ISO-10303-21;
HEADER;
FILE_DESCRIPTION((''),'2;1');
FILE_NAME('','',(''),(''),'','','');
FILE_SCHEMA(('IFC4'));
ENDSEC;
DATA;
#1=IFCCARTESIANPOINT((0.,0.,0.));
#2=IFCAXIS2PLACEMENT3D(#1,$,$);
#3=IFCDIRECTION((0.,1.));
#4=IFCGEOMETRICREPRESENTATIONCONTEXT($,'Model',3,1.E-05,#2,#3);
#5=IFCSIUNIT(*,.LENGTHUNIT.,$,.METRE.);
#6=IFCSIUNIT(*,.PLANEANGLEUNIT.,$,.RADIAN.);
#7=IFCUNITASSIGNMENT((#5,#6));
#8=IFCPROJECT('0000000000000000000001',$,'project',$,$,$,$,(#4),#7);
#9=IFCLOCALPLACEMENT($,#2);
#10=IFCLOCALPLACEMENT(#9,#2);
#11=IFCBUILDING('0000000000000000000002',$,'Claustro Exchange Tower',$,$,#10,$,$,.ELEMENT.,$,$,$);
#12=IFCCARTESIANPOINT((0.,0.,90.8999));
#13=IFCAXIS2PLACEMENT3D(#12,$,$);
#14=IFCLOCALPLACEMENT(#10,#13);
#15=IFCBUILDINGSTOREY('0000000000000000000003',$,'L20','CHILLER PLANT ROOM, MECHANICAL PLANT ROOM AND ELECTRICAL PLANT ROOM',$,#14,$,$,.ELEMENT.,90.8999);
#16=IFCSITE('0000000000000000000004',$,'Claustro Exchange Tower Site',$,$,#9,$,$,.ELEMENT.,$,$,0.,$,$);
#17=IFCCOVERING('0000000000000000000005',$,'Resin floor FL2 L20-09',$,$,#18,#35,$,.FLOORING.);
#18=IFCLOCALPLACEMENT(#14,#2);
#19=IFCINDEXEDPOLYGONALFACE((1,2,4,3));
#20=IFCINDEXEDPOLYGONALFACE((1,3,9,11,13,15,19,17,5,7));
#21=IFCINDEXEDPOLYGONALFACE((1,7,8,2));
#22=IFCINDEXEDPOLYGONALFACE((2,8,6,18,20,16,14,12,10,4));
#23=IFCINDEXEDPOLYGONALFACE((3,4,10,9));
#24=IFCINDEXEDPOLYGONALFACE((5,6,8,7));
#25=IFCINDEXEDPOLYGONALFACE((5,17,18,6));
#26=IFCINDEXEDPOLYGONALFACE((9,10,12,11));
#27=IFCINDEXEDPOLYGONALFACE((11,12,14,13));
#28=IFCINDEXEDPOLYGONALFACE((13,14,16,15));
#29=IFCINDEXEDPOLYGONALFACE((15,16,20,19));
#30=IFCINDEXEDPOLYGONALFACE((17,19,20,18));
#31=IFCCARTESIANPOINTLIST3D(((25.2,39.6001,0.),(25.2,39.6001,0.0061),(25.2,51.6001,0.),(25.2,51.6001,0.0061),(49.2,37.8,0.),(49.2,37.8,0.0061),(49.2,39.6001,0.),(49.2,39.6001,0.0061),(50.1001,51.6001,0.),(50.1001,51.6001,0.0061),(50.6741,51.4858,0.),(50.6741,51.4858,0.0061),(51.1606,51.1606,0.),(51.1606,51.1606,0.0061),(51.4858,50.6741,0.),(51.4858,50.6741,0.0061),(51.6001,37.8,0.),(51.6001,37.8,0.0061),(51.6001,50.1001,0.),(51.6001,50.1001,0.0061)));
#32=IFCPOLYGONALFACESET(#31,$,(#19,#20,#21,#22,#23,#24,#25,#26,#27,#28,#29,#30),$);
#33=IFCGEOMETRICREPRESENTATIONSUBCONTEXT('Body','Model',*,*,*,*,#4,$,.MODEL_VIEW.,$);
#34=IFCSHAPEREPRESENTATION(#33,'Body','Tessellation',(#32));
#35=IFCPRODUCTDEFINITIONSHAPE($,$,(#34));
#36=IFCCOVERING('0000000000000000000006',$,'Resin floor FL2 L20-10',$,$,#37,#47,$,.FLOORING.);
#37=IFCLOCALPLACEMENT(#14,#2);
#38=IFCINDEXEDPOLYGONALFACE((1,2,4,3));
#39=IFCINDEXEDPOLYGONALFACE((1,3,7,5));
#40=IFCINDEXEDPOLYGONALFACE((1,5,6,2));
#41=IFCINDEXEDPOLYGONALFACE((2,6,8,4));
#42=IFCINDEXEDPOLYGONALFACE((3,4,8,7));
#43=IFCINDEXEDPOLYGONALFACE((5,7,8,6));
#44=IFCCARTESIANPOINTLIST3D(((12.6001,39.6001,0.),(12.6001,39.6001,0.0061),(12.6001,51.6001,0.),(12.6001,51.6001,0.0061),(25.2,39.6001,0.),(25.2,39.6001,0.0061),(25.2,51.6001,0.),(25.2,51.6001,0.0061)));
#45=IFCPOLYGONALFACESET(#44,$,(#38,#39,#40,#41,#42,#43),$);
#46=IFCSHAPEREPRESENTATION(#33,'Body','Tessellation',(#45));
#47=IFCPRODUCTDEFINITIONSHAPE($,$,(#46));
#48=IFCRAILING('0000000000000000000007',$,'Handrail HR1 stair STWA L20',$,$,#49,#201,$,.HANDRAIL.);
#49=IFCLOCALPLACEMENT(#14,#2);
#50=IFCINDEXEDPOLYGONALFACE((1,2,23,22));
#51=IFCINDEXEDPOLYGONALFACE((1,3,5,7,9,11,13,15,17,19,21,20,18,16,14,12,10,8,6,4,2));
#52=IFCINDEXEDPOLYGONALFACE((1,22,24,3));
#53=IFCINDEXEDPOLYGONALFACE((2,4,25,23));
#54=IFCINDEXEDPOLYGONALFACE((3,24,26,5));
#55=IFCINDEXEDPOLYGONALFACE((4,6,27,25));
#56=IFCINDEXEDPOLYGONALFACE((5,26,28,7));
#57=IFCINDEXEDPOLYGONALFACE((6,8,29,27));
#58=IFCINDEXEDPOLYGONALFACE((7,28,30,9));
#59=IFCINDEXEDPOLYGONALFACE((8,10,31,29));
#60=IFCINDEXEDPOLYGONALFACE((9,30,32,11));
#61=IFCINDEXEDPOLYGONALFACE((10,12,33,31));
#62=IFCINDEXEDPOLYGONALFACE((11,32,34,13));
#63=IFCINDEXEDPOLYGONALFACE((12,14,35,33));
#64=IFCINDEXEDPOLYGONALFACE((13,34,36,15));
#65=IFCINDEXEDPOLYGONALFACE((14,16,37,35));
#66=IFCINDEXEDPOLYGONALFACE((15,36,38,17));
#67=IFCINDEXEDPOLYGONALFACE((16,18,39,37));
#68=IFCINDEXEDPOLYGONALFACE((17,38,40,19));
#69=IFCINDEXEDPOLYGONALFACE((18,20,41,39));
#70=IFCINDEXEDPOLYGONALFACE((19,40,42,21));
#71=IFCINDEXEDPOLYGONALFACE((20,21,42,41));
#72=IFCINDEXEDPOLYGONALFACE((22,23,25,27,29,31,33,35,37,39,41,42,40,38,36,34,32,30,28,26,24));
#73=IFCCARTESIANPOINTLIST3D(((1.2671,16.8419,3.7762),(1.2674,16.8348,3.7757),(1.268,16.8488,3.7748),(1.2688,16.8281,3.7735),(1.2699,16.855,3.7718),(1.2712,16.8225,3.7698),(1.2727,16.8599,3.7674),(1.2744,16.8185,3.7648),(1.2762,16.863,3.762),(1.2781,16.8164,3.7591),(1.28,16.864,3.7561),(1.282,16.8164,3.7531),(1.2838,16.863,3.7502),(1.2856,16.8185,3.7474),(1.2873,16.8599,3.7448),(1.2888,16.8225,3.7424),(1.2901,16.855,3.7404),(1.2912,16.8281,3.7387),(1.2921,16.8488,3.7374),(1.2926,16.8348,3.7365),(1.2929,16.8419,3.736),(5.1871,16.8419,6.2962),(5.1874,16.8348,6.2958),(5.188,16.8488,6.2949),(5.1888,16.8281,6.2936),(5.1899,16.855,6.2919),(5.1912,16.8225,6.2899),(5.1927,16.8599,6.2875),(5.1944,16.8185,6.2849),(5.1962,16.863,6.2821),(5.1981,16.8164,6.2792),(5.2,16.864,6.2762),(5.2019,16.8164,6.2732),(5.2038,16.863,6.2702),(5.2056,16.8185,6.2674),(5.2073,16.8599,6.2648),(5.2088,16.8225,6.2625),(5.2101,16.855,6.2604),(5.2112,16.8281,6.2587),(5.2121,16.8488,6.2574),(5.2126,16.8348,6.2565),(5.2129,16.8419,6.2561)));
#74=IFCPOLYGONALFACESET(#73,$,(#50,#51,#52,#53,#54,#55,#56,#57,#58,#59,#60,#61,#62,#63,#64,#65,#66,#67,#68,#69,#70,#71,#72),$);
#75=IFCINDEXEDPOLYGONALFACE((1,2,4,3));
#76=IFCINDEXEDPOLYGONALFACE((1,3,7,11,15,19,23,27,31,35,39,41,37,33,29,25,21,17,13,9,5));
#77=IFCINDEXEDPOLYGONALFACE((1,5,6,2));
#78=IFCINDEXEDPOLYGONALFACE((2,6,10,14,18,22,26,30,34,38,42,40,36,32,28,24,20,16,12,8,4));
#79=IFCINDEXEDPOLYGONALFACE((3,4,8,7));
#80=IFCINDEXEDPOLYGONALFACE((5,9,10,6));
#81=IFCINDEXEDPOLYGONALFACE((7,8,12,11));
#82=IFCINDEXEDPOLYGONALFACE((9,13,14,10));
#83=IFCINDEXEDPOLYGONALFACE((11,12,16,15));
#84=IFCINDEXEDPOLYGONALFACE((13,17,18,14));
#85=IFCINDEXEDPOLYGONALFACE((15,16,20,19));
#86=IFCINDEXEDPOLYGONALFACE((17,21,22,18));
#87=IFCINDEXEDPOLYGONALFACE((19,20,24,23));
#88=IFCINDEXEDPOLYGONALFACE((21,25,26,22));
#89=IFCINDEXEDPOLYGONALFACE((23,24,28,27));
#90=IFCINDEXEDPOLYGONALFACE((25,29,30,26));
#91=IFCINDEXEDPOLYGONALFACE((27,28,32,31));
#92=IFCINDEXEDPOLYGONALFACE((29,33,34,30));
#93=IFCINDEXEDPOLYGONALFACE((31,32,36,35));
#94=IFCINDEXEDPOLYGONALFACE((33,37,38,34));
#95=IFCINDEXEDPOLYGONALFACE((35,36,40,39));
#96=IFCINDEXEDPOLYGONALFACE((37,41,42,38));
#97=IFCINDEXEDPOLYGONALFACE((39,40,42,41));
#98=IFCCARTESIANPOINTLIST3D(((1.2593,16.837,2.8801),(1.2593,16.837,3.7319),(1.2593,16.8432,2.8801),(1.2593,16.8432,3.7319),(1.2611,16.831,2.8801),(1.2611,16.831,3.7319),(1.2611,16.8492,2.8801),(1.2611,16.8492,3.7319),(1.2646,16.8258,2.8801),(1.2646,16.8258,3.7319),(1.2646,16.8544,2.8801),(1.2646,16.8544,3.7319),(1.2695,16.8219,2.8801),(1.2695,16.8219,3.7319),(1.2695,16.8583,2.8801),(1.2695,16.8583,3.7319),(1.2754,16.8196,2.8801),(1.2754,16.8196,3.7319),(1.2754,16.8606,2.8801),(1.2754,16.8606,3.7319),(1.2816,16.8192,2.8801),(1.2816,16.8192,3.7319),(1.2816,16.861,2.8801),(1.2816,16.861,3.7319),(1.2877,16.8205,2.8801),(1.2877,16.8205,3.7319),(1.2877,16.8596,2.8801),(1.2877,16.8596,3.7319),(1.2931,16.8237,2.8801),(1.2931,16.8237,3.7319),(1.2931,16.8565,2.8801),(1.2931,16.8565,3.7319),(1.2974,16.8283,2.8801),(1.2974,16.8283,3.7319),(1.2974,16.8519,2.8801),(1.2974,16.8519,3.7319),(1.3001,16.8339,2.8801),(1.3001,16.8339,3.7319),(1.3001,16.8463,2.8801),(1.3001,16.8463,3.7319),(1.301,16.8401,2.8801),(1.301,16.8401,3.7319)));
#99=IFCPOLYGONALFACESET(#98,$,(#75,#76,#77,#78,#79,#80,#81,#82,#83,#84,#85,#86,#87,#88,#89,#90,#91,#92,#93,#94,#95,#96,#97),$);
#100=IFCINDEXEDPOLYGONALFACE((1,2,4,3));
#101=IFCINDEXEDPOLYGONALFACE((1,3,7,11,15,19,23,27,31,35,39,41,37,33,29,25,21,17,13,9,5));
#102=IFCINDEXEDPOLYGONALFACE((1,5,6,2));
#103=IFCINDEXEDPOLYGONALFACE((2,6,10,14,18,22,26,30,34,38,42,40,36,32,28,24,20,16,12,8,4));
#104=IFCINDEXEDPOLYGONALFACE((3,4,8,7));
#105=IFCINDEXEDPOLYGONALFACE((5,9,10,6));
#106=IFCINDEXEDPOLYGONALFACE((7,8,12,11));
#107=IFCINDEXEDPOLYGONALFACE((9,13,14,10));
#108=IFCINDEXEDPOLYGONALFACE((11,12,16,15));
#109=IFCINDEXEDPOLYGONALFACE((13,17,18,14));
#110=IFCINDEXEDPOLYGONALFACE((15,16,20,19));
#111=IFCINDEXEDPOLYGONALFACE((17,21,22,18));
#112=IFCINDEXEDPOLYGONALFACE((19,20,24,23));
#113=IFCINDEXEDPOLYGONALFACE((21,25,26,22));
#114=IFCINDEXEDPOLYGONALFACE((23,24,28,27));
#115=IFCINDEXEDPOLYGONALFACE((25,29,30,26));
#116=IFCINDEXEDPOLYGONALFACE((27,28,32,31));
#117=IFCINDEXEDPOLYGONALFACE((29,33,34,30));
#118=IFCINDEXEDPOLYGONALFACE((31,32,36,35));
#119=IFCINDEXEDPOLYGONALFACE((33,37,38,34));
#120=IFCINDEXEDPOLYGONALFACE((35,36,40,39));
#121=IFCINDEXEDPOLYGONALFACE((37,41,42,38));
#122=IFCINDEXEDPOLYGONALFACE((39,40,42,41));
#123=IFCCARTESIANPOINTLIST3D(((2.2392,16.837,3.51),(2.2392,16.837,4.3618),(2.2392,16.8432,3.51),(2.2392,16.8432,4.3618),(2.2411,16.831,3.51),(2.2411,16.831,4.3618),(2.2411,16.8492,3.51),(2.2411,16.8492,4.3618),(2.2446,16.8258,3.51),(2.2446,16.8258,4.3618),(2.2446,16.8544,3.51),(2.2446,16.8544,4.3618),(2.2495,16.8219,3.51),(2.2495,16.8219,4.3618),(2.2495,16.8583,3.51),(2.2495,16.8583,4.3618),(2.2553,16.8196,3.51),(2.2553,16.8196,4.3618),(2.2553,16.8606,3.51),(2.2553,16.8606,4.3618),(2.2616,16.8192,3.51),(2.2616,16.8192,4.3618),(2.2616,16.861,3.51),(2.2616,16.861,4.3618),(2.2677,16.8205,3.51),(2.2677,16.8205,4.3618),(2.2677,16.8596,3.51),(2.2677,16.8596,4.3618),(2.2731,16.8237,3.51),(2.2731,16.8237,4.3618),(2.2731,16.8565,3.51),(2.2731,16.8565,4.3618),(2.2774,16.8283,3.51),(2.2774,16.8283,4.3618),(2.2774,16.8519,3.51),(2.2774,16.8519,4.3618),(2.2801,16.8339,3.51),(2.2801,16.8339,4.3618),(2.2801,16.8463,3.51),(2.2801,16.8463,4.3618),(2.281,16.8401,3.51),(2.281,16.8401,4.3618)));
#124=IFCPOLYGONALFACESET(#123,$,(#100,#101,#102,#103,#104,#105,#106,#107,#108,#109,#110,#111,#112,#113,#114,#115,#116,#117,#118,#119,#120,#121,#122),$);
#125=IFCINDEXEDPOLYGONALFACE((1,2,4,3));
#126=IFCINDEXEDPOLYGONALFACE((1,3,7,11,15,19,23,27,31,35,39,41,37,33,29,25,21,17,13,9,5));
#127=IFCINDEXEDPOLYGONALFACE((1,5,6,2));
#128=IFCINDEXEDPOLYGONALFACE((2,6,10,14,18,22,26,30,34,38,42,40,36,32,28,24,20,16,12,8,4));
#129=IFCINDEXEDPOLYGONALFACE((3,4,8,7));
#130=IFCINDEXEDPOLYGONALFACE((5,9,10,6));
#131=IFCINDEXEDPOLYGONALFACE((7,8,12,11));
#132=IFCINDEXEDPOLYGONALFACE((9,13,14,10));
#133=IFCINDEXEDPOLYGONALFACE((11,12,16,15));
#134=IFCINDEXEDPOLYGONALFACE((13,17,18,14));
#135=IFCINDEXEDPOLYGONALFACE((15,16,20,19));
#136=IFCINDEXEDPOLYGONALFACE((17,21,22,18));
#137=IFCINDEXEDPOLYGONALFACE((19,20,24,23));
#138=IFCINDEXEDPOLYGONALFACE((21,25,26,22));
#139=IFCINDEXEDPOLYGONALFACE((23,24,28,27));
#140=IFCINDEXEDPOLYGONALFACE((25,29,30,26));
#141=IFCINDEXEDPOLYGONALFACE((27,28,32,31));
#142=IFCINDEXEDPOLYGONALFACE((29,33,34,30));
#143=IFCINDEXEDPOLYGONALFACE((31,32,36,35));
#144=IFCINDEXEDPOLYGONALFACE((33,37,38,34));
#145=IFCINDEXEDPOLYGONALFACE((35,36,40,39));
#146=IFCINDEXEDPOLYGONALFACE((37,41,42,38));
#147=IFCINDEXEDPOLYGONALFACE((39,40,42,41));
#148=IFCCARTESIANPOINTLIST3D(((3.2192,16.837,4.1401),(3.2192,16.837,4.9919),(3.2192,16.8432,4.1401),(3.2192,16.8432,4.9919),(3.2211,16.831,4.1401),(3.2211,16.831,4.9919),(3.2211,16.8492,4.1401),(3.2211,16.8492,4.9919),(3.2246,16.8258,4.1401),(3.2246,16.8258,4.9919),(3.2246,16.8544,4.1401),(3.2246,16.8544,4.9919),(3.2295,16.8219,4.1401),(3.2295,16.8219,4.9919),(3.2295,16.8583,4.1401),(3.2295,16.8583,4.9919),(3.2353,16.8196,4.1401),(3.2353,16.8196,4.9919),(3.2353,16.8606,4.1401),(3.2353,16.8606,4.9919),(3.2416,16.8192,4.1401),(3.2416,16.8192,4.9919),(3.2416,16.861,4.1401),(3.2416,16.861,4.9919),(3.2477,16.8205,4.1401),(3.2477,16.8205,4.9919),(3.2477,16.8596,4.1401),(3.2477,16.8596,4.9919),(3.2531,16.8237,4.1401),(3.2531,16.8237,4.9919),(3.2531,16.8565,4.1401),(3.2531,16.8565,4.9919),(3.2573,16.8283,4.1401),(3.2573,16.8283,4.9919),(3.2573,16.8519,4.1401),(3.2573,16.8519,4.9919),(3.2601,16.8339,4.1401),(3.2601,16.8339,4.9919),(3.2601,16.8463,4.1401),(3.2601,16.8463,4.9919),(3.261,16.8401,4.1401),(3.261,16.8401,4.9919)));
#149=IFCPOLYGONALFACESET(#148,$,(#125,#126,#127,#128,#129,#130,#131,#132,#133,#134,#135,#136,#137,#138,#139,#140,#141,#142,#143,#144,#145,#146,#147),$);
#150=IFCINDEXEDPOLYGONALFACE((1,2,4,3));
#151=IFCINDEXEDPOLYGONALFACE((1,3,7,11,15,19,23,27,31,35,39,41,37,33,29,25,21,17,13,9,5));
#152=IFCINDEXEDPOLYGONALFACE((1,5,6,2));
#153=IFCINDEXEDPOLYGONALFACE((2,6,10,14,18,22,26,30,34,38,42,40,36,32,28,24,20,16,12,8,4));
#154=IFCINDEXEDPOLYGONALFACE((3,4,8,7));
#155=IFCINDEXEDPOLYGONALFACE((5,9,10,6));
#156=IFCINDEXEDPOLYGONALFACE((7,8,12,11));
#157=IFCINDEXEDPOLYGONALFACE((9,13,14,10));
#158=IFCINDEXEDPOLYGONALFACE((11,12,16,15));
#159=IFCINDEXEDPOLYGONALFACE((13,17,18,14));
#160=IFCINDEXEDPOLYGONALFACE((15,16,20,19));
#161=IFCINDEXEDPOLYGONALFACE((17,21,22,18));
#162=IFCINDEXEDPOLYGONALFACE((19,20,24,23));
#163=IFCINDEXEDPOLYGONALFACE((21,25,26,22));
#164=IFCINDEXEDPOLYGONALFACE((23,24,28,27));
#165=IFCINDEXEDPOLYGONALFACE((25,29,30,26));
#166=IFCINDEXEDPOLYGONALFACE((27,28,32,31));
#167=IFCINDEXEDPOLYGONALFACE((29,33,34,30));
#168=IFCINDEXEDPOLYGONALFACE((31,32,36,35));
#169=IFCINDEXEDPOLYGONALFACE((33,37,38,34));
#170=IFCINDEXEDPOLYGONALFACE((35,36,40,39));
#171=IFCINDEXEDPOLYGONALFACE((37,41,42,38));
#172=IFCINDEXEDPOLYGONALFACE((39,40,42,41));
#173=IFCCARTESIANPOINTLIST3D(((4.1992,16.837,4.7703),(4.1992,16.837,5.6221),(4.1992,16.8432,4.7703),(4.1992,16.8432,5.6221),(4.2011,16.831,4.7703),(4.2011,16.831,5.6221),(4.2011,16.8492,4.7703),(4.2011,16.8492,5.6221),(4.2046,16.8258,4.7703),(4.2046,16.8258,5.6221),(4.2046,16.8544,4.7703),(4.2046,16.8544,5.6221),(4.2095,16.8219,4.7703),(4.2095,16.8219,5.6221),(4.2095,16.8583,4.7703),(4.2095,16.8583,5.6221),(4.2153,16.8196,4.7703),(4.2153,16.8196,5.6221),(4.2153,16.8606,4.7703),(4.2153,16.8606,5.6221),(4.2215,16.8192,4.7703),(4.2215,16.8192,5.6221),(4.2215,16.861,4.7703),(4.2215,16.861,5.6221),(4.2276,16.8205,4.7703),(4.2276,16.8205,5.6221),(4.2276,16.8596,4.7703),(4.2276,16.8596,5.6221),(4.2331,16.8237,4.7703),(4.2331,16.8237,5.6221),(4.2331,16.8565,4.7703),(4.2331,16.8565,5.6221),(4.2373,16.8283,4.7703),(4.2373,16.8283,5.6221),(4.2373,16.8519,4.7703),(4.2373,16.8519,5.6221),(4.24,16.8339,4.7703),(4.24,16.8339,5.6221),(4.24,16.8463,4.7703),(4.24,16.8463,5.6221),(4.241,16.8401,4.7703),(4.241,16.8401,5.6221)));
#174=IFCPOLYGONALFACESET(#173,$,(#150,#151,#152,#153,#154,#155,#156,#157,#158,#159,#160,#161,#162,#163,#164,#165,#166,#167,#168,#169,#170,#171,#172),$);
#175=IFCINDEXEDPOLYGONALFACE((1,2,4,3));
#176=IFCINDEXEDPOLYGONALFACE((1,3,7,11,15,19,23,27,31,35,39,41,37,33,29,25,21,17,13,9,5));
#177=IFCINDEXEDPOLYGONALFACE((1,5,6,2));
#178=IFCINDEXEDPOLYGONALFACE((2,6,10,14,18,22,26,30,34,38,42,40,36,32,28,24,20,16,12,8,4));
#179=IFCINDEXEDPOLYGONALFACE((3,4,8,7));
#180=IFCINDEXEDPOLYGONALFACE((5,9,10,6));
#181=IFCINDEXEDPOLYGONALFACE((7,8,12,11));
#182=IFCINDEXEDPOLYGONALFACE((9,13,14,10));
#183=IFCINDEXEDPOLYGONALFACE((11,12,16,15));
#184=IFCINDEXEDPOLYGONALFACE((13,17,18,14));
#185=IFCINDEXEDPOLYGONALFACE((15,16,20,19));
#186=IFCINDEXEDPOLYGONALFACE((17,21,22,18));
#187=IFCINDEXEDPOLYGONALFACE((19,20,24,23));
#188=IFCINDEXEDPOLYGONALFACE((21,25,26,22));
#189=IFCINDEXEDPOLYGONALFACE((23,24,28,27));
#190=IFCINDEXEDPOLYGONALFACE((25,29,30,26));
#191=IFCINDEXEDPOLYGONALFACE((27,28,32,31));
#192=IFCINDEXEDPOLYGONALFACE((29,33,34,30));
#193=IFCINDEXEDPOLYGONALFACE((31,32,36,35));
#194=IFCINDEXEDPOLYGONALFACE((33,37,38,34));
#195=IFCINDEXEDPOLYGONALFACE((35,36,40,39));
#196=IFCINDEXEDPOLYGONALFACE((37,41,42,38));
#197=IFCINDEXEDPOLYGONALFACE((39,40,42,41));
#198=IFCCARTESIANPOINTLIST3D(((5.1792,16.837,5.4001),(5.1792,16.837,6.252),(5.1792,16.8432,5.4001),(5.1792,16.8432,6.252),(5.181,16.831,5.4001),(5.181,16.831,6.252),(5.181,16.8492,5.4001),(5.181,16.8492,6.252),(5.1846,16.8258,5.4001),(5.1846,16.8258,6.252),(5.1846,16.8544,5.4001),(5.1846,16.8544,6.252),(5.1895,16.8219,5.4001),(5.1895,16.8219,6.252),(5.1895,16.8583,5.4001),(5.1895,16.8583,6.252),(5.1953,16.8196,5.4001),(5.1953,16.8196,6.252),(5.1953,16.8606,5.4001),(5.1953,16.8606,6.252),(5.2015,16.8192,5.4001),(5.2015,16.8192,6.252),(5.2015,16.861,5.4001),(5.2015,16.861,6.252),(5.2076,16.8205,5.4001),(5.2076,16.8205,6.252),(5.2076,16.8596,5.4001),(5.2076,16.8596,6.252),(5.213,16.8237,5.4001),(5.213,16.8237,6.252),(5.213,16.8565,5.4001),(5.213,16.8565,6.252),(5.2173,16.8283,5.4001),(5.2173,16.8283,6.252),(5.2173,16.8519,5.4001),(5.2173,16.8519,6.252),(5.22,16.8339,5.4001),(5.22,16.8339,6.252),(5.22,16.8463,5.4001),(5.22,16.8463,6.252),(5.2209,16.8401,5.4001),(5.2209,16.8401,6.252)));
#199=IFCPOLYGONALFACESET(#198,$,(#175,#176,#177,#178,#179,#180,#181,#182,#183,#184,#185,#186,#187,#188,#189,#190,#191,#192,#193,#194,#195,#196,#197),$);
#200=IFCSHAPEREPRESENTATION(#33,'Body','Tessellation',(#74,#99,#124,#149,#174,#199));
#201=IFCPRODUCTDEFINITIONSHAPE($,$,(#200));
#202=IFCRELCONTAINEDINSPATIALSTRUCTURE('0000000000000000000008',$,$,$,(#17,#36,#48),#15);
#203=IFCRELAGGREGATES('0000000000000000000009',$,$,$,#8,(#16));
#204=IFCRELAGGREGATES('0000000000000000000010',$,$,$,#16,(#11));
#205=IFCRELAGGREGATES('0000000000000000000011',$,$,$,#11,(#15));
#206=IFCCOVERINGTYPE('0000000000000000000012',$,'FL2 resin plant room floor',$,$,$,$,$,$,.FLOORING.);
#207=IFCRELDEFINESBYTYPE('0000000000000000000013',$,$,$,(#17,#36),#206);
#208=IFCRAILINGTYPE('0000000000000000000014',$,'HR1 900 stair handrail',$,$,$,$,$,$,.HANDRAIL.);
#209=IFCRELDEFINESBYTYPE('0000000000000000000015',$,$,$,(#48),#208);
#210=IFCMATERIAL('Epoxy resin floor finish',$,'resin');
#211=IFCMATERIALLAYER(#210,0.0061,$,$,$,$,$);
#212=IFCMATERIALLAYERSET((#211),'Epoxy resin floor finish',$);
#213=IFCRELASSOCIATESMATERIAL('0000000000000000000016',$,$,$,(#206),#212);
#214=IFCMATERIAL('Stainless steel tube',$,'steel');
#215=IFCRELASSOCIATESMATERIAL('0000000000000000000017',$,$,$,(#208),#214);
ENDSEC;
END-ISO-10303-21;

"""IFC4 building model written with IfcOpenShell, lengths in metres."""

from ifc_helpers import new_model, si_unit, direction, frame, origin, origin_2d, place, context, subcontext, project, spatial, polyline, circle, outline, extrude, material, layer, layer_set, type_object, element, save


model = new_model("IFC4")

# Units and contexts
model_context = context("Model", 3, precision=1e-05, world=origin(), true_north=direction((0.0, 1.0)))
body_context = subcontext(model_context, "Body", "Model", "MODEL_VIEW")
ifc_project = project(units=[si_unit("LENGTHUNIT", "METRE"), si_unit("PLANEANGLEUNIT", "RADIAN")], contexts=[model_context])

# Site, building, storey
site_placement = place(None, origin())
site = spatial("IfcSite", under=ifc_project, at=site_placement, Name="Claustro Exchange Tower Site", CompositionType="ELEMENT", RefElevation=0.0)
building_placement = place(site_placement, origin())
building = spatial("IfcBuilding", under=site, at=building_placement, Name="Claustro Exchange Tower", CompositionType="ELEMENT")
storey_placement = place(building_placement, frame((0.0, 0.0, 90.8999)))
storey = spatial("IfcBuildingStorey", under=building, at=storey_placement, Name="L20", Description="CHILLER PLANT ROOM, MECHANICAL PLANT ROOM AND ELECTRICAL PLANT ROOM", CompositionType="ELEMENT", Elevation=90.8999)

# Coverings
ifc_material_1 = material(Name="Epoxy resin floor finish", Category="resin")
ifc_layer_1 = layer(ifc_material_1, 0.0061)
ifc_layer_set_1 = layer_set([ifc_layer_1], Name="Epoxy resin floor finish")
covering_type = type_object("IfcCoveringType", Name="FL2 resin plant room floor", PredefinedType="FLOORING", material=ifc_layer_set_1)
covering_1_placement = place(storey_placement, origin())
element("IfcCovering", 1, at=covering_1_placement, inside=storey, type_object=covering_type, Name="Resin floor FL2 L20-09", PredefinedType="FLOORING", context=body_context, shape_type="SweptSolid", body=[
    extrude(outline(polyline([(50.1001, 51.6001), (25.2, 51.6001), (25.2, 39.6001), (49.2, 39.6001), (49.2, 37.8), (51.6001, 37.8), (51.6001, 50.1001), (51.4858, 50.6741), (51.1606, 51.1606), (50.6741, 51.4858), (50.1001, 51.6001)])), origin(), (0.0, 0.0, 1.0), 0.0061),
])
covering_2_placement = place(storey_placement, origin())
element("IfcCovering", 2, at=covering_2_placement, inside=storey, type_object=covering_type, Name="Resin floor FL2 L20-10", PredefinedType="FLOORING", context=body_context, shape_type="SweptSolid", body=[
    extrude(outline(polyline([(25.2, 51.6001), (12.6001, 51.6001), (12.6001, 39.6001), (25.2, 39.6001), (25.2, 51.6001)])), origin(), (0.0, 0.0, 1.0), 0.0061),
])

# Railing
ifc_material_2 = material(Name="Stainless steel tube", Category="steel")
railing_type = type_object("IfcRailingType", Name="HR1 900 stair handrail", PredefinedType="HANDRAIL", material=ifc_material_2)
railing_placement = place(storey_placement, frame((1.28, 16.8401, 2.8801)))
element("IfcRailing", 3, at=railing_placement, inside=storey, type_object=railing_type, Name="Handrail HR1 stair STWA L20", PredefinedType="HANDRAIL", context=body_context, shape_type="SweptSolid", body=[
    extrude(circle(Radius=0.0239, at=origin_2d()), frame((0.0, 0.0, 0.876), z_axis=(0.841172, 0.0, 0.540768), x_axis=(0.0, 1.0, 0.0)), (0.0, 0.0, 1.0), 4.6602),
    extrude(circle(Radius=0.021, at=origin_2d()), origin(), (0.0, 0.0, 1.0), 0.8518),
    extrude(circle(Radius=0.021, at=origin_2d()), frame((0.98, 0.0, 0.6299)), (0.0, 0.0, 1.0), 0.8518),
    extrude(circle(Radius=0.021, at=origin_2d()), frame((1.96, 0.0, 1.26)), (0.0, 0.0, 1.0), 0.8518),
    extrude(circle(Radius=0.021, at=origin_2d()), frame((2.9399, 0.0, 1.8901)), (0.0, 0.0, 1.0), 0.8518),
    extrude(circle(Radius=0.021, at=origin_2d()), frame((3.9199, 0.0, 2.52)), (0.0, 0.0, 1.0), 0.8518),
])

save(model, "model.ifc")
